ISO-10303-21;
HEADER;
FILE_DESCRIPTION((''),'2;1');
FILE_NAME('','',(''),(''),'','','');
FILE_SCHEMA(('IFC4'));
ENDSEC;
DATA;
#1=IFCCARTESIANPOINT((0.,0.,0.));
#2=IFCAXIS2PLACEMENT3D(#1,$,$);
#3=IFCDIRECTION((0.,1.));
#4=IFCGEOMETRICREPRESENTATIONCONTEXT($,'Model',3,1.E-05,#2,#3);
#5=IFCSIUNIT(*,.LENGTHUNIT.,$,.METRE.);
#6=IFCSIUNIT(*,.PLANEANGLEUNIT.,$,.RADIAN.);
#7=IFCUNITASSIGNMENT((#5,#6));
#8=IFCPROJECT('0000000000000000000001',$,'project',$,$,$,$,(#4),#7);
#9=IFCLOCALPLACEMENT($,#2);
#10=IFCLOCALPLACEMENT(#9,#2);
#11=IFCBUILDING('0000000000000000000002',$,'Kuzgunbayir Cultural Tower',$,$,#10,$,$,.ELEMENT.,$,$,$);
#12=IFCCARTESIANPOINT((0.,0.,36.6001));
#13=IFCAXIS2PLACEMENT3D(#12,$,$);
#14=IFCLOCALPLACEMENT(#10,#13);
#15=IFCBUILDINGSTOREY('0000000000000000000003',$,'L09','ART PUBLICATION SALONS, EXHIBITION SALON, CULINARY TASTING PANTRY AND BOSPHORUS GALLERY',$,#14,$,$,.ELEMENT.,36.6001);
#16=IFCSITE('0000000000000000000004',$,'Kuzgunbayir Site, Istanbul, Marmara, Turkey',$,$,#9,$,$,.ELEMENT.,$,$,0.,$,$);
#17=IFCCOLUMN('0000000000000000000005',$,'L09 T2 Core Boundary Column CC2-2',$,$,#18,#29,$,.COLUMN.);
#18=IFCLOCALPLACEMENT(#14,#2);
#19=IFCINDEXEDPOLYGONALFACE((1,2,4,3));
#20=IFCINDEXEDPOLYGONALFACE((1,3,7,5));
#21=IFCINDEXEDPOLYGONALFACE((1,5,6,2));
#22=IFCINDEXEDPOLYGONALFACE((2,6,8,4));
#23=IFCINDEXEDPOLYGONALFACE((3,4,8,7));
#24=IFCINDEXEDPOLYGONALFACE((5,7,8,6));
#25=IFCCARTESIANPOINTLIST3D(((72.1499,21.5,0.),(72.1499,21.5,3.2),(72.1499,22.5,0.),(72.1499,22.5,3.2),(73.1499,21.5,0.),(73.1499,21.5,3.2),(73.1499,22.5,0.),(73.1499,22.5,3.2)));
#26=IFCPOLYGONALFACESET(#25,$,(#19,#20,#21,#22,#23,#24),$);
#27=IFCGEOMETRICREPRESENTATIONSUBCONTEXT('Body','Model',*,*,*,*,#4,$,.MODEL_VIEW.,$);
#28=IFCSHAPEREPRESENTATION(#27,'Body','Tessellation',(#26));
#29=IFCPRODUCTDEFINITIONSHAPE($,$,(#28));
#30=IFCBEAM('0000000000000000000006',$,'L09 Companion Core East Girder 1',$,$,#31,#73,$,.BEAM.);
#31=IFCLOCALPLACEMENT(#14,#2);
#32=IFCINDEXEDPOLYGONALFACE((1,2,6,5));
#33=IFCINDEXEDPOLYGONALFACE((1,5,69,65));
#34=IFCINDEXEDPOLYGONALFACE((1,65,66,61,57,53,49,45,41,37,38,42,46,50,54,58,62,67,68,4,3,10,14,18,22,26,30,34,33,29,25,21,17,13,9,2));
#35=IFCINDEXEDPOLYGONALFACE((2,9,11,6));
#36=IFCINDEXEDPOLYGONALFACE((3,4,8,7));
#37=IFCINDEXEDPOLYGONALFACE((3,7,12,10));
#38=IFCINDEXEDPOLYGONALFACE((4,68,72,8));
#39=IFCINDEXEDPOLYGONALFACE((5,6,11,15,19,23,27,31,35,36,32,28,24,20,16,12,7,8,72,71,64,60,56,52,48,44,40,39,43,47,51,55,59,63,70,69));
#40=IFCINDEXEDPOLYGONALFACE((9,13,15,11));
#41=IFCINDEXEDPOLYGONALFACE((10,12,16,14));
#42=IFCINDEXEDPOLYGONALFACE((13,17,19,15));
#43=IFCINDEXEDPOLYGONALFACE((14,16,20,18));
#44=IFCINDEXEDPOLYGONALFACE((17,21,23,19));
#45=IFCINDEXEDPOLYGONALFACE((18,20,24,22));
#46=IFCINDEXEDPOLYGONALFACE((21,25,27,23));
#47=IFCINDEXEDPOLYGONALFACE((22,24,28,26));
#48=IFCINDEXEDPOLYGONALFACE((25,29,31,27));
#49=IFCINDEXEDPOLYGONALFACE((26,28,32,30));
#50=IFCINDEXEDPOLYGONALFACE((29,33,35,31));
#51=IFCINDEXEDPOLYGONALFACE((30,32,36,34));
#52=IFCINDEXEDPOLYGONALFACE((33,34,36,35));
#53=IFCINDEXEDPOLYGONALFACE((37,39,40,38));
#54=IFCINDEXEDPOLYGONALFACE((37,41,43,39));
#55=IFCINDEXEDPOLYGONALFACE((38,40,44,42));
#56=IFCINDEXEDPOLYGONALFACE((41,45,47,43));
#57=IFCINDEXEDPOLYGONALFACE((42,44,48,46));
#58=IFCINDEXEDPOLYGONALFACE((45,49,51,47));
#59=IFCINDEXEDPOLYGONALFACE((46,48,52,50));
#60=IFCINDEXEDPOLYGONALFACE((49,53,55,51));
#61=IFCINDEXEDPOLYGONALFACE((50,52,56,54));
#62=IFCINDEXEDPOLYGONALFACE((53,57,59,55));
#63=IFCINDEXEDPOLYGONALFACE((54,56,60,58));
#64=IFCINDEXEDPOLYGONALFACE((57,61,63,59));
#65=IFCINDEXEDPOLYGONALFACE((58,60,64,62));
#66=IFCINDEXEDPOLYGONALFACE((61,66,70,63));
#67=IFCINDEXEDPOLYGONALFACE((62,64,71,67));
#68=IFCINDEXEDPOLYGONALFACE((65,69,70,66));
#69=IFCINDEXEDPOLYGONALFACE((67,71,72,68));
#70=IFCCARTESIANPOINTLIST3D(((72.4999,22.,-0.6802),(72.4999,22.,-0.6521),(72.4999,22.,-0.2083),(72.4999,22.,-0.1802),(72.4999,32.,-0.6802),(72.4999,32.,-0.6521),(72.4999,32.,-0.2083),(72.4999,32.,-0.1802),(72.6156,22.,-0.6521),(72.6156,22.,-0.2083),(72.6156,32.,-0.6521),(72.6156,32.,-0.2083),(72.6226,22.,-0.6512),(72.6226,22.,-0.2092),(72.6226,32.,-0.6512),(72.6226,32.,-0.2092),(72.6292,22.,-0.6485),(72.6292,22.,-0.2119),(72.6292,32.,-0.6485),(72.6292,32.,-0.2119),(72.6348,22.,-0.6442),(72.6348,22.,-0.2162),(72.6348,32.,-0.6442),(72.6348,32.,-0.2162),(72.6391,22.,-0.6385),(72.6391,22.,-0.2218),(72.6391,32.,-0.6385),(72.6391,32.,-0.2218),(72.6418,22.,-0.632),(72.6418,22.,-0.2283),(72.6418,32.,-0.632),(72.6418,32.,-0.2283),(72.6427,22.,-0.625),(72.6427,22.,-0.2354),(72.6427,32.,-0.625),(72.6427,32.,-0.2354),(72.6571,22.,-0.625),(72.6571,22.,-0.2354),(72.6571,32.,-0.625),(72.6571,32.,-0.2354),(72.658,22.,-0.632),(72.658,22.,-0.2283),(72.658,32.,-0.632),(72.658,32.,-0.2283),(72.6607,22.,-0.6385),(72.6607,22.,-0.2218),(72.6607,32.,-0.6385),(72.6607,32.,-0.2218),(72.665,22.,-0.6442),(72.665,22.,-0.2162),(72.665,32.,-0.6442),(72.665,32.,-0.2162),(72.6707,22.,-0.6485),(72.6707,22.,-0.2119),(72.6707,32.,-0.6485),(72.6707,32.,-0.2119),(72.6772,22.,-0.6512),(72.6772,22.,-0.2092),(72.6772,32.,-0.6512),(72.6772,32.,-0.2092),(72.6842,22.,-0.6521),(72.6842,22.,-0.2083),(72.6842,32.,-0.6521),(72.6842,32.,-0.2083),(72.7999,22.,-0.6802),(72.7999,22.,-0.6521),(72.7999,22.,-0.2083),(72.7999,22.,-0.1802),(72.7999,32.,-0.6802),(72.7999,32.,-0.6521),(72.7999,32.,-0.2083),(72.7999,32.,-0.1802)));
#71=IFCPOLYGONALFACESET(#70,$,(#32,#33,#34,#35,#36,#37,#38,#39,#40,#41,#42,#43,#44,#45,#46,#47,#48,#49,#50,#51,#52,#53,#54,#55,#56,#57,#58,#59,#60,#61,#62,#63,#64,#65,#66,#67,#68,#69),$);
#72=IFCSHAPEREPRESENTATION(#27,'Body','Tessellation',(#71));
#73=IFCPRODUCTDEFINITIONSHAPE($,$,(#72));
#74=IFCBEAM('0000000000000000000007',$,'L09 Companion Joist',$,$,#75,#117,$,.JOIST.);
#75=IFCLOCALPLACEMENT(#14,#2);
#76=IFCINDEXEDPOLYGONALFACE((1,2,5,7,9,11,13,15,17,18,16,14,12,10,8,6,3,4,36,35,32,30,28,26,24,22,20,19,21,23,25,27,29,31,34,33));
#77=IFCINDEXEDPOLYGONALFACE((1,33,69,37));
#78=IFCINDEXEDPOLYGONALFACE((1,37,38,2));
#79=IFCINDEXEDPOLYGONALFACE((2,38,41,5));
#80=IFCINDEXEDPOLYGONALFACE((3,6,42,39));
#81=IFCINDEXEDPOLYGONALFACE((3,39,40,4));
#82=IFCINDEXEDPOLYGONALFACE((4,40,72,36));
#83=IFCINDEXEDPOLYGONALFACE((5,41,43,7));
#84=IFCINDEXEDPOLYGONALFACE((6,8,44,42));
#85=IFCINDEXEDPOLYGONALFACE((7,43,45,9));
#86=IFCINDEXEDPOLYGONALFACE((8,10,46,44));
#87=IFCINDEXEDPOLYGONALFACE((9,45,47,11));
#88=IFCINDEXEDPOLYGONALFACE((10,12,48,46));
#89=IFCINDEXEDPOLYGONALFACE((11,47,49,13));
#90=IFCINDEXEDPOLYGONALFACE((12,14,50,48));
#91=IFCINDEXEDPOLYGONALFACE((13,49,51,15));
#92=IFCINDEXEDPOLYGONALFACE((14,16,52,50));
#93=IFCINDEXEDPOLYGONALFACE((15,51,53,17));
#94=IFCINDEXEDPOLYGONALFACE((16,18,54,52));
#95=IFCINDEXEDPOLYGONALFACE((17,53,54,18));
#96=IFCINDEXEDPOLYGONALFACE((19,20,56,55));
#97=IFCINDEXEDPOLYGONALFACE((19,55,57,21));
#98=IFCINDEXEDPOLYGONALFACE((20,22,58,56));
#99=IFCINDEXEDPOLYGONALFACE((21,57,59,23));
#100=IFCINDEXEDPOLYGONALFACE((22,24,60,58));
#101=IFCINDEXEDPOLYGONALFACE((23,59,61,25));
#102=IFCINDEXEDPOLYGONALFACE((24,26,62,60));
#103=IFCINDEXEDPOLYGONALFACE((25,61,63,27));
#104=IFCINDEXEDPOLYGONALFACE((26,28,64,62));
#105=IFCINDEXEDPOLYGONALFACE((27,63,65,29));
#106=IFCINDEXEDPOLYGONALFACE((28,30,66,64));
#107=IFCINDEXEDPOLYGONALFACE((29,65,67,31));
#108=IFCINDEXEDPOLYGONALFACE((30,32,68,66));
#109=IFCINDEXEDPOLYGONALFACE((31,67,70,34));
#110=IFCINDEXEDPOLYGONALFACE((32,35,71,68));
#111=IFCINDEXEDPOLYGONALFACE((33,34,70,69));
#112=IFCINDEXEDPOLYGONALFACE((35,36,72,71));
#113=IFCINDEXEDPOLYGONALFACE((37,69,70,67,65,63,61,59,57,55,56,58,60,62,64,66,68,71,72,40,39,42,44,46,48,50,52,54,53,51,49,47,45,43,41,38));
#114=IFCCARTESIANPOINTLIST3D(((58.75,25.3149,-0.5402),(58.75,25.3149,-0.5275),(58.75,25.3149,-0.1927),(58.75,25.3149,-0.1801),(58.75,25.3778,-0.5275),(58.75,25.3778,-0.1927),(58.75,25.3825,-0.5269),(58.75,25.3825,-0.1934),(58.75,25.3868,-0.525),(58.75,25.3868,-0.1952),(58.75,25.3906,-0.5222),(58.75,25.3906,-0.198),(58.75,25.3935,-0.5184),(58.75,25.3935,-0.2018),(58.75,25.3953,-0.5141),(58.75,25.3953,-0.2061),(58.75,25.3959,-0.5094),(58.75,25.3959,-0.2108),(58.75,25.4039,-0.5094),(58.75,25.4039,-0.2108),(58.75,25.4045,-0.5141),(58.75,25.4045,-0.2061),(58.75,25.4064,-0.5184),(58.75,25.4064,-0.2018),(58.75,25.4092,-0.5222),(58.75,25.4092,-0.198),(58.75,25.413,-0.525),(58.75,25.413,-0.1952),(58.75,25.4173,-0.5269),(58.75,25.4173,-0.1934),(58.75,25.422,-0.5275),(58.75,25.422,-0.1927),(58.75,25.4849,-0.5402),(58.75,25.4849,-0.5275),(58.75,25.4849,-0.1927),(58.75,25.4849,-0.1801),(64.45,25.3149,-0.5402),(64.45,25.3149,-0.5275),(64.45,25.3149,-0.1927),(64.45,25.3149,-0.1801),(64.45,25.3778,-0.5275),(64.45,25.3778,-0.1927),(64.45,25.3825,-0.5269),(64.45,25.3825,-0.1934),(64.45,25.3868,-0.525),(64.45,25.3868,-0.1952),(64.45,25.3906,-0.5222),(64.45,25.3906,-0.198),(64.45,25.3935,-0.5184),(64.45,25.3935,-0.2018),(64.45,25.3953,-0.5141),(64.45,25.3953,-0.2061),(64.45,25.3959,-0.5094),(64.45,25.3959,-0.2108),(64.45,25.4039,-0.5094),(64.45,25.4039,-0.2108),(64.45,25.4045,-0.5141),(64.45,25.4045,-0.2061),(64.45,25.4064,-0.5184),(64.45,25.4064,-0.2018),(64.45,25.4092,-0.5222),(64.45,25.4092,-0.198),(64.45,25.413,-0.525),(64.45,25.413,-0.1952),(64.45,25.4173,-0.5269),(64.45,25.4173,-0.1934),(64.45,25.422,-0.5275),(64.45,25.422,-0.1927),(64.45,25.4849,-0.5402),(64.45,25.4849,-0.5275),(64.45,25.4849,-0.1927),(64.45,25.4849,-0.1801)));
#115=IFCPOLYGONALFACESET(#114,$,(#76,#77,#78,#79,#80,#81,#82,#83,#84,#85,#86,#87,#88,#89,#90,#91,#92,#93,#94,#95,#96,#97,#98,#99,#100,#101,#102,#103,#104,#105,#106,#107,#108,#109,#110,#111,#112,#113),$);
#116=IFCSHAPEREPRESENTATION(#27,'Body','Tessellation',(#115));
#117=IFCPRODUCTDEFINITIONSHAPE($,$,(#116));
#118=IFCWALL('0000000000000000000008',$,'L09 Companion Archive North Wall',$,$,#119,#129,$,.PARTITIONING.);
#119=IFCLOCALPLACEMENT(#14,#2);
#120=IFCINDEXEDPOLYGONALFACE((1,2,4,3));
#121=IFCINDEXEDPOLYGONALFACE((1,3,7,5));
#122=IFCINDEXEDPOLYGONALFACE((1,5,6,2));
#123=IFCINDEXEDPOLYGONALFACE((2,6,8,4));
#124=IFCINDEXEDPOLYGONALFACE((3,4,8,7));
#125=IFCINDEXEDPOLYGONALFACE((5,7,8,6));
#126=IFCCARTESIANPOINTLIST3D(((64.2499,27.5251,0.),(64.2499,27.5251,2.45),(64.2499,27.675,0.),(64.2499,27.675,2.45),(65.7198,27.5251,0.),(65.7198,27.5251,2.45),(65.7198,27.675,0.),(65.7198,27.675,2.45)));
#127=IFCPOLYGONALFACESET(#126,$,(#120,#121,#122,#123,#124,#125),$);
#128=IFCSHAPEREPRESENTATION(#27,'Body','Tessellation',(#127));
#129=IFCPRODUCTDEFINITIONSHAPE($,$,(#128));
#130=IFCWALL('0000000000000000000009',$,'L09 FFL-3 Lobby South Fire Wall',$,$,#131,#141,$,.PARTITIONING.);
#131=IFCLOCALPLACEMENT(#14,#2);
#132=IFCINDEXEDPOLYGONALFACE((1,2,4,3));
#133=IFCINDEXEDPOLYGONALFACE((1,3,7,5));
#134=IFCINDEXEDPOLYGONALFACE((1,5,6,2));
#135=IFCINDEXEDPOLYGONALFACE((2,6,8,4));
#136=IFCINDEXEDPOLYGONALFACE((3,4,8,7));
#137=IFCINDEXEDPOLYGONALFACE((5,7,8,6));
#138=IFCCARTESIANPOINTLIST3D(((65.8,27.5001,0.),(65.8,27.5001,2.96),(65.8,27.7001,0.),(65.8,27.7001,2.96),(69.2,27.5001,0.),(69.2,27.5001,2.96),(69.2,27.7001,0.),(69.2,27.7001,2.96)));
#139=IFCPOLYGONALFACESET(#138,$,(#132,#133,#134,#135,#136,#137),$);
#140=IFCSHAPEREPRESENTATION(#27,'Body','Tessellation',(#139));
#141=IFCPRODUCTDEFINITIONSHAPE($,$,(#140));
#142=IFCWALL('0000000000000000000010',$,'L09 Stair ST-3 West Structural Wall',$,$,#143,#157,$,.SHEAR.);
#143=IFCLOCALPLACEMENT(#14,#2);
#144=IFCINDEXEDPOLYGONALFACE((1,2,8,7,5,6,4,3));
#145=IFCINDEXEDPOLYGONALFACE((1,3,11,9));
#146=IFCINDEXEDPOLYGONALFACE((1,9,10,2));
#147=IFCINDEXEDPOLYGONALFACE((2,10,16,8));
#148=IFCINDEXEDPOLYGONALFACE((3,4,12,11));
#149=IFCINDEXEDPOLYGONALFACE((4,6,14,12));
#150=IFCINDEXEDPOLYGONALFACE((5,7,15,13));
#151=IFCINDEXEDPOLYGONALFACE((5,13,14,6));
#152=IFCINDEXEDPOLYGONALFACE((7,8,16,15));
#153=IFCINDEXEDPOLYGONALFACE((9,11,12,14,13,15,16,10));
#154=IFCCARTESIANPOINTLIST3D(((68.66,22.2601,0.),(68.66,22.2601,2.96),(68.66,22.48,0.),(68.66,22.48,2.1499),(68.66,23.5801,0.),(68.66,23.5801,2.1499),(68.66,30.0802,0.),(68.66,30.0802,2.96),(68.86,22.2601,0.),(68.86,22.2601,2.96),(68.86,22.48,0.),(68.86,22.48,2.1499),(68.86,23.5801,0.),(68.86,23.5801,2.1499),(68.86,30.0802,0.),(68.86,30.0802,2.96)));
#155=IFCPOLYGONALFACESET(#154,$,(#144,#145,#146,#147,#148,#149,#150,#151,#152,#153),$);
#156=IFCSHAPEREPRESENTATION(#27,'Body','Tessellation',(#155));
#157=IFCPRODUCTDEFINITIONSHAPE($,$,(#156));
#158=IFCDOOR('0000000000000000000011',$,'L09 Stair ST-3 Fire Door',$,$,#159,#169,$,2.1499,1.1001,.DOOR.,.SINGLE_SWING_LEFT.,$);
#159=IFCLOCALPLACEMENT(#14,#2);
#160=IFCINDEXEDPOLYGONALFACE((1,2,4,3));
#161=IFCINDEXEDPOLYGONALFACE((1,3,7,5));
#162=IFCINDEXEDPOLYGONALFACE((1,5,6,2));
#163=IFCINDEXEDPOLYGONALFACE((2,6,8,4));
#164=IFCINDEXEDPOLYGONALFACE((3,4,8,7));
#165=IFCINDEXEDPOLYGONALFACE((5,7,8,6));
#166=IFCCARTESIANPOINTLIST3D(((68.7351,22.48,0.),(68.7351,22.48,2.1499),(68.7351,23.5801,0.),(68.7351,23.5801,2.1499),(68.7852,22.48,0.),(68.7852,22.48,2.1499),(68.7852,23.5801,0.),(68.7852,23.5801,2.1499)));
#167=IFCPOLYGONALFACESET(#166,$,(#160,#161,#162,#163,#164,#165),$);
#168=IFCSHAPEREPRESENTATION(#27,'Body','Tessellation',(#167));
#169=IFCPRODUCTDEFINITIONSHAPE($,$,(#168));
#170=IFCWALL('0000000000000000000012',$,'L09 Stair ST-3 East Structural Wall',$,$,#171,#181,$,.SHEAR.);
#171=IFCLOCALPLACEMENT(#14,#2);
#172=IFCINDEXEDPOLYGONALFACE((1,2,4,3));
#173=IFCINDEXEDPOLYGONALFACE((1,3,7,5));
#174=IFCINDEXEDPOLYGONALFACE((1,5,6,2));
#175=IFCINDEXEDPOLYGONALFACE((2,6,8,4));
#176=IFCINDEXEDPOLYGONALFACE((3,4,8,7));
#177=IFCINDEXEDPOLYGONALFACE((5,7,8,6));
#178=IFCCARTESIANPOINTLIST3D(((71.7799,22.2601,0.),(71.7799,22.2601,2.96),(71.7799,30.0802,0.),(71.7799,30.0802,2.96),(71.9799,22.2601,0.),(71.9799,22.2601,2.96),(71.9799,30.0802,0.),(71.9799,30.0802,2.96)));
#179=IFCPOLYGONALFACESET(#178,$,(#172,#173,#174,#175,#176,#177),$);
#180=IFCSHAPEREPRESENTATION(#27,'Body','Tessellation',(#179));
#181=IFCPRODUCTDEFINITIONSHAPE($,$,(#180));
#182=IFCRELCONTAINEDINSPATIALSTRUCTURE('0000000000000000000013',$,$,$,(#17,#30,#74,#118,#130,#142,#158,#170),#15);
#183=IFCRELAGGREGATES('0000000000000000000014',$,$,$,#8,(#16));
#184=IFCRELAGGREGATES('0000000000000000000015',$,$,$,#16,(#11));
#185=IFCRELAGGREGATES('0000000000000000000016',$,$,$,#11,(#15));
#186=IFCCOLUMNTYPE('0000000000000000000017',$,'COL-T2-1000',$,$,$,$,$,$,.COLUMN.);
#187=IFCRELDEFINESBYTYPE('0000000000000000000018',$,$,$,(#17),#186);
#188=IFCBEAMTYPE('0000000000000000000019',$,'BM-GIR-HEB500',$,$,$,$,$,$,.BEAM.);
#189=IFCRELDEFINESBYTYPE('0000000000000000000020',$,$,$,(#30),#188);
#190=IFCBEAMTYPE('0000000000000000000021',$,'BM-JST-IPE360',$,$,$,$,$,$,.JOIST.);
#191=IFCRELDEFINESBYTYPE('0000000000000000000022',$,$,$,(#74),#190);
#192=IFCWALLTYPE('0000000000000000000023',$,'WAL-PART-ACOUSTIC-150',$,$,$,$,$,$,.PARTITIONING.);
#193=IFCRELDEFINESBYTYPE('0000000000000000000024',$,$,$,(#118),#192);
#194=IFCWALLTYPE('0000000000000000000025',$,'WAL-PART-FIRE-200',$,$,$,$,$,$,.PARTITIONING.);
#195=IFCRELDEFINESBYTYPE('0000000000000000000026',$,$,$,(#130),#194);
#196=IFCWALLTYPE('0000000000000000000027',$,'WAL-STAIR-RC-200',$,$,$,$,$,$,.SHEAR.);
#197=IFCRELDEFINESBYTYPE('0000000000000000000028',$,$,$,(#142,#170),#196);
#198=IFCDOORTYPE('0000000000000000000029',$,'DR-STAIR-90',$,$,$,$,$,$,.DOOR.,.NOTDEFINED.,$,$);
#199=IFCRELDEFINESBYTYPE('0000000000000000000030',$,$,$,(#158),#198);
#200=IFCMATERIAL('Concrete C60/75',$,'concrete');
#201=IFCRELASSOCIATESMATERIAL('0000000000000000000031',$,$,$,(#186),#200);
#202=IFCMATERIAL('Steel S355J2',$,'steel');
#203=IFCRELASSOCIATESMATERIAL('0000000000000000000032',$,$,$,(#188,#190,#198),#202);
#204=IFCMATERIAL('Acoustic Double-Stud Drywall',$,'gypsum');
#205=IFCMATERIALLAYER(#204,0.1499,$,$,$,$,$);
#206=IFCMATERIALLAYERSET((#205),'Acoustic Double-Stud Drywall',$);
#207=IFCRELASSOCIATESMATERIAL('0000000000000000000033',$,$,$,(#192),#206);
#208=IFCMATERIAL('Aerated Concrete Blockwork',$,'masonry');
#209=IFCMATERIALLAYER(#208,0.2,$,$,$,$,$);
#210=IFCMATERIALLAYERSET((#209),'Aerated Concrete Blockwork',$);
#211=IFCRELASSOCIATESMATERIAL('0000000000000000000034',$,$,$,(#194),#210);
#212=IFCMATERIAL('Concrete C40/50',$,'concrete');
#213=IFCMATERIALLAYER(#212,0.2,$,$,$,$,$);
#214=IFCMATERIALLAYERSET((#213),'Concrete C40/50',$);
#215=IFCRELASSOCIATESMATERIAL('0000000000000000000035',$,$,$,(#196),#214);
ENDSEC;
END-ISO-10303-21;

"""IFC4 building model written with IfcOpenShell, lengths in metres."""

from ifc_helpers import new_model, si_unit, direction, frame, frame_2d, origin, origin_2d, place, context, subcontext, project, spatial, rectangle, i_section, extrude, material, layer, layer_set, material_profile, profile_set, type_object, element, fill, save


model = new_model("IFC4")

# Units and contexts
model_context = context("Model", 3, precision=1e-05, world=origin(), true_north=direction((0.0, 1.0)))
body_context = subcontext(model_context, "Body", "Model", "MODEL_VIEW")
ifc_project = project(units=[si_unit("LENGTHUNIT", "METRE"), si_unit("PLANEANGLEUNIT", "RADIAN")], contexts=[model_context])

# Site, building, storey
site_placement = place(None, origin())
site = spatial("IfcSite", under=ifc_project, at=site_placement, Name="Kuzgunbayir Site, Istanbul, Marmara, Turkey", CompositionType="ELEMENT", RefElevation=0.0)
building_placement = place(site_placement, origin())
building = spatial("IfcBuilding", under=site, at=building_placement, Name="Kuzgunbayir Cultural Tower", CompositionType="ELEMENT")
storey_placement = place(building_placement, frame((0.0, 0.0, 36.6001)))
storey = spatial("IfcBuildingStorey", under=building, at=storey_placement, Name="L09", Description="ART PUBLICATION SALONS, EXHIBITION SALON, CULINARY TASTING PANTRY AND BOSPHORUS GALLERY", CompositionType="ELEMENT", Elevation=36.6001)

# Column
ifc_material_1 = material(Name="Concrete C60/75", Category="concrete")
ifc_material_profile_1 = material_profile(ifc_material_1, rectangle(XDim=1.0, YDim=1.0, at=origin_2d()), Name="RC 1000x1000")
ifc_profile_set_1 = profile_set([ifc_material_profile_1], Name="Concrete C60/75")
column_type = type_object("IfcColumnType", Name="COL-T2-1000", PredefinedType="COLUMN", material=ifc_profile_set_1)
column_placement = place(storey_placement, frame((72.6499, 22.0, 0.0), z_axis=(0.0, 0.0, 1.0), x_axis=(1.0, 0.0, 0.0)))
element("IfcColumn", 1, at=column_placement, inside=storey, type_object=column_type, Name="L09 T2 Core Boundary Column CC2-2", PredefinedType="COLUMN", context=body_context, shape_type="SweptSolid", body=[
    extrude(rectangle(XDim=1.0, YDim=1.0, at=origin_2d()), origin(), (0.0, 0.0, 1.0), 3.2),
])

# Beams
ifc_material_2 = material(Name="Steel S355J2", Category="steel")
ifc_material_profile_2 = material_profile(ifc_material_2, i_section(OverallWidth=0.3, OverallDepth=0.5, WebThickness=0.0144, FlangeThickness=0.0281, FilletRadius=0.0271, at=origin_2d()), Name="HEB 500")
ifc_profile_set_2 = profile_set([ifc_material_profile_2], Name="Steel S355J2")
beam_type_1 = type_object("IfcBeamType", Name="BM-GIR-HEB500", PredefinedType="BEAM", material=ifc_profile_set_2)
beam_1_placement = place(storey_placement, frame((72.6499, 22.0, -0.4302), z_axis=(0.0, 1.0, 0.0), x_axis=(-1.0, 0.0, 0.0)))
element("IfcBeam", 2, at=beam_1_placement, inside=storey, type_object=beam_type_1, Name="L09 Companion Core East Girder 1", PredefinedType="BEAM", context=body_context, shape_type="SweptSolid", body=[
    extrude(i_section(OverallWidth=0.3, OverallDepth=0.5, WebThickness=0.0144, FlangeThickness=0.0281, FilletRadius=0.0271, at=origin_2d()), origin(), (0.0, 0.0, 1.0), 10.0),
])
ifc_material_profile_3 = material_profile(ifc_material_2, i_section(OverallWidth=0.1699, OverallDepth=0.3601, WebThickness=0.0081, FlangeThickness=0.0127, FilletRadius=0.0181, at=origin_2d()), Name="IPE 360")
ifc_profile_set_3 = profile_set([ifc_material_profile_3], Name="Steel S355J2")
beam_type_2 = type_object("IfcBeamType", Name="BM-JST-IPE360", PredefinedType="JOIST", material=ifc_profile_set_3)
beam_2_placement = place(storey_placement, frame((58.75, 25.3999, -0.3601), z_axis=(1.0, 0.0, 0.0), x_axis=(0.0, 1.0, 0.0)))
element("IfcBeam", 3, at=beam_2_placement, inside=storey, type_object=beam_type_2, Name="L09 Companion Joist", PredefinedType="JOIST", context=body_context, shape_type="SweptSolid", body=[
    extrude(i_section(OverallWidth=0.1699, OverallDepth=0.3601, WebThickness=0.0081, FlangeThickness=0.0127, FilletRadius=0.0181, at=origin_2d()), origin(), (0.0, 0.0, 1.0), 5.7),
])

# Wall
ifc_material_3 = material(Name="Acoustic Double-Stud Drywall", Category="gypsum")
ifc_layer_1 = layer(ifc_material_3, 0.1499)
ifc_layer_set_1 = layer_set([ifc_layer_1], Name="Acoustic Double-Stud Drywall")
wall_type_1 = type_object("IfcWallType", Name="WAL-PART-ACOUSTIC-150", PredefinedType="PARTITIONING", material=ifc_layer_set_1)
wall_1_placement = place(storey_placement, frame((64.25, 27.6001, 0.0), z_axis=(0.0, 0.0, 1.0), x_axis=(1.0, 0.0, 0.0)))
element("IfcWall", 4, at=wall_1_placement, inside=storey, type_object=wall_type_1, Name="L09 Companion Archive North Wall", PredefinedType="PARTITIONING", context=body_context, shape_type="SweptSolid", body=[
    extrude(rectangle(XDim=1.47, YDim=0.1499, at=frame_2d((0.7349, 0.0))), origin(), (0.0, 0.0, 1.0), 2.45),
])

# Shared definitions
ifc_material_4 = material(Name="Aerated Concrete Blockwork", Category="masonry")
ifc_layer_2 = layer(ifc_material_4, 0.2)
ifc_layer_set_2 = layer_set([ifc_layer_2], Name="Aerated Concrete Blockwork")
wall_type_2 = type_object("IfcWallType", Name="WAL-PART-FIRE-200", PredefinedType="PARTITIONING", material=ifc_layer_set_2)

# Wall
wall_2_placement = place(storey_placement, frame((65.8, 27.6001, 0.0), z_axis=(0.0, 0.0, 1.0), x_axis=(1.0, 0.0, 0.0)))
element("IfcWall", 5, at=wall_2_placement, inside=storey, type_object=wall_type_2, Name="L09 FFL-3 Lobby South Fire Wall", PredefinedType="PARTITIONING", context=body_context, shape_type="SweptSolid", body=[
    extrude(rectangle(XDim=3.3999, YDim=0.2, at=frame_2d((1.7, 0.0))), origin(), (0.0, 0.0, 1.0), 2.96),
])

# Wall, opening, door
ifc_material_5 = material(Name="Concrete C40/50", Category="concrete")
ifc_layer_3 = layer(ifc_material_5, 0.2)
ifc_layer_set_3 = layer_set([ifc_layer_3], Name="Concrete C40/50")
wall_type_3 = type_object("IfcWallType", Name="WAL-STAIR-RC-200", PredefinedType="SHEAR", material=ifc_layer_set_3)
wall_3_placement = place(storey_placement, frame((68.76, 22.26, 0.0), z_axis=(0.0, 0.0, 1.0), x_axis=(0.0, 1.0, 0.0)))
wall_3 = element("IfcWall", 6, at=wall_3_placement, inside=storey, type_object=wall_type_3, Name="L09 Stair ST-3 West Structural Wall", PredefinedType="SHEAR", context=body_context, shape_type="SweptSolid", body=[
    extrude(rectangle(XDim=7.8201, YDim=0.2, at=frame_2d((3.9102, 0.0))), origin(), (0.0, 0.0, 1.0), 2.96),
])
opening_1_placement = place(wall_3_placement, frame((0.22, 0.0, 0.0)))
opening_1 = element("IfcOpeningElement", 7, at=opening_1_placement, cuts=wall_3, PredefinedType="OPENING", context=body_context, shape_type="SweptSolid", body=[
    extrude(rectangle(XDim=1.1001, YDim=2.1499, at=frame_2d((0.55, 1.075))), frame((0.0, 0.1099, 0.0), z_axis=(0.0, -1.0, 0.0), x_axis=(1.0, 0.0, 0.0)), (0.0, 0.0, 1.0), 0.22),
])
door_type_1 = type_object("IfcDoorType", Name="DR-STAIR-90", OperationType="NOTDEFINED", PredefinedType="DOOR", material=ifc_material_2)
door_1_placement = place(opening_1_placement, origin())
door_1 = element("IfcDoor", 8, at=door_1_placement, inside=storey, type_object=door_type_1, Name="L09 Stair ST-3 Fire Door", OperationType="SINGLE_SWING_LEFT", OverallHeight=2.1499, OverallWidth=1.1001, PredefinedType="DOOR", context=body_context, shape_type="SweptSolid", body=[
    extrude(rectangle(XDim=1.1001, YDim=2.1499, at=frame_2d((0.55, 1.075))), frame((0.0, 0.0249, 0.0), z_axis=(0.0, -1.0, 0.0), x_axis=(1.0, 0.0, 0.0)), (0.0, 0.0, 1.0), 0.05),
])
fill(opening_1, door_1)

# Wall
wall_4_placement = place(storey_placement, frame((71.8799, 22.26, 0.0), z_axis=(0.0, 0.0, 1.0), x_axis=(0.0, 1.0, 0.0)))
element("IfcWall", 9, at=wall_4_placement, inside=storey, type_object=wall_type_3, Name="L09 Stair ST-3 East Structural Wall", PredefinedType="SHEAR", context=body_context, shape_type="SweptSolid", body=[
    extrude(rectangle(XDim=7.8201, YDim=0.2, at=frame_2d((3.9102, 0.0))), origin(), (0.0, 0.0, 1.0), 2.96),
])

save(model, "model.ifc")
